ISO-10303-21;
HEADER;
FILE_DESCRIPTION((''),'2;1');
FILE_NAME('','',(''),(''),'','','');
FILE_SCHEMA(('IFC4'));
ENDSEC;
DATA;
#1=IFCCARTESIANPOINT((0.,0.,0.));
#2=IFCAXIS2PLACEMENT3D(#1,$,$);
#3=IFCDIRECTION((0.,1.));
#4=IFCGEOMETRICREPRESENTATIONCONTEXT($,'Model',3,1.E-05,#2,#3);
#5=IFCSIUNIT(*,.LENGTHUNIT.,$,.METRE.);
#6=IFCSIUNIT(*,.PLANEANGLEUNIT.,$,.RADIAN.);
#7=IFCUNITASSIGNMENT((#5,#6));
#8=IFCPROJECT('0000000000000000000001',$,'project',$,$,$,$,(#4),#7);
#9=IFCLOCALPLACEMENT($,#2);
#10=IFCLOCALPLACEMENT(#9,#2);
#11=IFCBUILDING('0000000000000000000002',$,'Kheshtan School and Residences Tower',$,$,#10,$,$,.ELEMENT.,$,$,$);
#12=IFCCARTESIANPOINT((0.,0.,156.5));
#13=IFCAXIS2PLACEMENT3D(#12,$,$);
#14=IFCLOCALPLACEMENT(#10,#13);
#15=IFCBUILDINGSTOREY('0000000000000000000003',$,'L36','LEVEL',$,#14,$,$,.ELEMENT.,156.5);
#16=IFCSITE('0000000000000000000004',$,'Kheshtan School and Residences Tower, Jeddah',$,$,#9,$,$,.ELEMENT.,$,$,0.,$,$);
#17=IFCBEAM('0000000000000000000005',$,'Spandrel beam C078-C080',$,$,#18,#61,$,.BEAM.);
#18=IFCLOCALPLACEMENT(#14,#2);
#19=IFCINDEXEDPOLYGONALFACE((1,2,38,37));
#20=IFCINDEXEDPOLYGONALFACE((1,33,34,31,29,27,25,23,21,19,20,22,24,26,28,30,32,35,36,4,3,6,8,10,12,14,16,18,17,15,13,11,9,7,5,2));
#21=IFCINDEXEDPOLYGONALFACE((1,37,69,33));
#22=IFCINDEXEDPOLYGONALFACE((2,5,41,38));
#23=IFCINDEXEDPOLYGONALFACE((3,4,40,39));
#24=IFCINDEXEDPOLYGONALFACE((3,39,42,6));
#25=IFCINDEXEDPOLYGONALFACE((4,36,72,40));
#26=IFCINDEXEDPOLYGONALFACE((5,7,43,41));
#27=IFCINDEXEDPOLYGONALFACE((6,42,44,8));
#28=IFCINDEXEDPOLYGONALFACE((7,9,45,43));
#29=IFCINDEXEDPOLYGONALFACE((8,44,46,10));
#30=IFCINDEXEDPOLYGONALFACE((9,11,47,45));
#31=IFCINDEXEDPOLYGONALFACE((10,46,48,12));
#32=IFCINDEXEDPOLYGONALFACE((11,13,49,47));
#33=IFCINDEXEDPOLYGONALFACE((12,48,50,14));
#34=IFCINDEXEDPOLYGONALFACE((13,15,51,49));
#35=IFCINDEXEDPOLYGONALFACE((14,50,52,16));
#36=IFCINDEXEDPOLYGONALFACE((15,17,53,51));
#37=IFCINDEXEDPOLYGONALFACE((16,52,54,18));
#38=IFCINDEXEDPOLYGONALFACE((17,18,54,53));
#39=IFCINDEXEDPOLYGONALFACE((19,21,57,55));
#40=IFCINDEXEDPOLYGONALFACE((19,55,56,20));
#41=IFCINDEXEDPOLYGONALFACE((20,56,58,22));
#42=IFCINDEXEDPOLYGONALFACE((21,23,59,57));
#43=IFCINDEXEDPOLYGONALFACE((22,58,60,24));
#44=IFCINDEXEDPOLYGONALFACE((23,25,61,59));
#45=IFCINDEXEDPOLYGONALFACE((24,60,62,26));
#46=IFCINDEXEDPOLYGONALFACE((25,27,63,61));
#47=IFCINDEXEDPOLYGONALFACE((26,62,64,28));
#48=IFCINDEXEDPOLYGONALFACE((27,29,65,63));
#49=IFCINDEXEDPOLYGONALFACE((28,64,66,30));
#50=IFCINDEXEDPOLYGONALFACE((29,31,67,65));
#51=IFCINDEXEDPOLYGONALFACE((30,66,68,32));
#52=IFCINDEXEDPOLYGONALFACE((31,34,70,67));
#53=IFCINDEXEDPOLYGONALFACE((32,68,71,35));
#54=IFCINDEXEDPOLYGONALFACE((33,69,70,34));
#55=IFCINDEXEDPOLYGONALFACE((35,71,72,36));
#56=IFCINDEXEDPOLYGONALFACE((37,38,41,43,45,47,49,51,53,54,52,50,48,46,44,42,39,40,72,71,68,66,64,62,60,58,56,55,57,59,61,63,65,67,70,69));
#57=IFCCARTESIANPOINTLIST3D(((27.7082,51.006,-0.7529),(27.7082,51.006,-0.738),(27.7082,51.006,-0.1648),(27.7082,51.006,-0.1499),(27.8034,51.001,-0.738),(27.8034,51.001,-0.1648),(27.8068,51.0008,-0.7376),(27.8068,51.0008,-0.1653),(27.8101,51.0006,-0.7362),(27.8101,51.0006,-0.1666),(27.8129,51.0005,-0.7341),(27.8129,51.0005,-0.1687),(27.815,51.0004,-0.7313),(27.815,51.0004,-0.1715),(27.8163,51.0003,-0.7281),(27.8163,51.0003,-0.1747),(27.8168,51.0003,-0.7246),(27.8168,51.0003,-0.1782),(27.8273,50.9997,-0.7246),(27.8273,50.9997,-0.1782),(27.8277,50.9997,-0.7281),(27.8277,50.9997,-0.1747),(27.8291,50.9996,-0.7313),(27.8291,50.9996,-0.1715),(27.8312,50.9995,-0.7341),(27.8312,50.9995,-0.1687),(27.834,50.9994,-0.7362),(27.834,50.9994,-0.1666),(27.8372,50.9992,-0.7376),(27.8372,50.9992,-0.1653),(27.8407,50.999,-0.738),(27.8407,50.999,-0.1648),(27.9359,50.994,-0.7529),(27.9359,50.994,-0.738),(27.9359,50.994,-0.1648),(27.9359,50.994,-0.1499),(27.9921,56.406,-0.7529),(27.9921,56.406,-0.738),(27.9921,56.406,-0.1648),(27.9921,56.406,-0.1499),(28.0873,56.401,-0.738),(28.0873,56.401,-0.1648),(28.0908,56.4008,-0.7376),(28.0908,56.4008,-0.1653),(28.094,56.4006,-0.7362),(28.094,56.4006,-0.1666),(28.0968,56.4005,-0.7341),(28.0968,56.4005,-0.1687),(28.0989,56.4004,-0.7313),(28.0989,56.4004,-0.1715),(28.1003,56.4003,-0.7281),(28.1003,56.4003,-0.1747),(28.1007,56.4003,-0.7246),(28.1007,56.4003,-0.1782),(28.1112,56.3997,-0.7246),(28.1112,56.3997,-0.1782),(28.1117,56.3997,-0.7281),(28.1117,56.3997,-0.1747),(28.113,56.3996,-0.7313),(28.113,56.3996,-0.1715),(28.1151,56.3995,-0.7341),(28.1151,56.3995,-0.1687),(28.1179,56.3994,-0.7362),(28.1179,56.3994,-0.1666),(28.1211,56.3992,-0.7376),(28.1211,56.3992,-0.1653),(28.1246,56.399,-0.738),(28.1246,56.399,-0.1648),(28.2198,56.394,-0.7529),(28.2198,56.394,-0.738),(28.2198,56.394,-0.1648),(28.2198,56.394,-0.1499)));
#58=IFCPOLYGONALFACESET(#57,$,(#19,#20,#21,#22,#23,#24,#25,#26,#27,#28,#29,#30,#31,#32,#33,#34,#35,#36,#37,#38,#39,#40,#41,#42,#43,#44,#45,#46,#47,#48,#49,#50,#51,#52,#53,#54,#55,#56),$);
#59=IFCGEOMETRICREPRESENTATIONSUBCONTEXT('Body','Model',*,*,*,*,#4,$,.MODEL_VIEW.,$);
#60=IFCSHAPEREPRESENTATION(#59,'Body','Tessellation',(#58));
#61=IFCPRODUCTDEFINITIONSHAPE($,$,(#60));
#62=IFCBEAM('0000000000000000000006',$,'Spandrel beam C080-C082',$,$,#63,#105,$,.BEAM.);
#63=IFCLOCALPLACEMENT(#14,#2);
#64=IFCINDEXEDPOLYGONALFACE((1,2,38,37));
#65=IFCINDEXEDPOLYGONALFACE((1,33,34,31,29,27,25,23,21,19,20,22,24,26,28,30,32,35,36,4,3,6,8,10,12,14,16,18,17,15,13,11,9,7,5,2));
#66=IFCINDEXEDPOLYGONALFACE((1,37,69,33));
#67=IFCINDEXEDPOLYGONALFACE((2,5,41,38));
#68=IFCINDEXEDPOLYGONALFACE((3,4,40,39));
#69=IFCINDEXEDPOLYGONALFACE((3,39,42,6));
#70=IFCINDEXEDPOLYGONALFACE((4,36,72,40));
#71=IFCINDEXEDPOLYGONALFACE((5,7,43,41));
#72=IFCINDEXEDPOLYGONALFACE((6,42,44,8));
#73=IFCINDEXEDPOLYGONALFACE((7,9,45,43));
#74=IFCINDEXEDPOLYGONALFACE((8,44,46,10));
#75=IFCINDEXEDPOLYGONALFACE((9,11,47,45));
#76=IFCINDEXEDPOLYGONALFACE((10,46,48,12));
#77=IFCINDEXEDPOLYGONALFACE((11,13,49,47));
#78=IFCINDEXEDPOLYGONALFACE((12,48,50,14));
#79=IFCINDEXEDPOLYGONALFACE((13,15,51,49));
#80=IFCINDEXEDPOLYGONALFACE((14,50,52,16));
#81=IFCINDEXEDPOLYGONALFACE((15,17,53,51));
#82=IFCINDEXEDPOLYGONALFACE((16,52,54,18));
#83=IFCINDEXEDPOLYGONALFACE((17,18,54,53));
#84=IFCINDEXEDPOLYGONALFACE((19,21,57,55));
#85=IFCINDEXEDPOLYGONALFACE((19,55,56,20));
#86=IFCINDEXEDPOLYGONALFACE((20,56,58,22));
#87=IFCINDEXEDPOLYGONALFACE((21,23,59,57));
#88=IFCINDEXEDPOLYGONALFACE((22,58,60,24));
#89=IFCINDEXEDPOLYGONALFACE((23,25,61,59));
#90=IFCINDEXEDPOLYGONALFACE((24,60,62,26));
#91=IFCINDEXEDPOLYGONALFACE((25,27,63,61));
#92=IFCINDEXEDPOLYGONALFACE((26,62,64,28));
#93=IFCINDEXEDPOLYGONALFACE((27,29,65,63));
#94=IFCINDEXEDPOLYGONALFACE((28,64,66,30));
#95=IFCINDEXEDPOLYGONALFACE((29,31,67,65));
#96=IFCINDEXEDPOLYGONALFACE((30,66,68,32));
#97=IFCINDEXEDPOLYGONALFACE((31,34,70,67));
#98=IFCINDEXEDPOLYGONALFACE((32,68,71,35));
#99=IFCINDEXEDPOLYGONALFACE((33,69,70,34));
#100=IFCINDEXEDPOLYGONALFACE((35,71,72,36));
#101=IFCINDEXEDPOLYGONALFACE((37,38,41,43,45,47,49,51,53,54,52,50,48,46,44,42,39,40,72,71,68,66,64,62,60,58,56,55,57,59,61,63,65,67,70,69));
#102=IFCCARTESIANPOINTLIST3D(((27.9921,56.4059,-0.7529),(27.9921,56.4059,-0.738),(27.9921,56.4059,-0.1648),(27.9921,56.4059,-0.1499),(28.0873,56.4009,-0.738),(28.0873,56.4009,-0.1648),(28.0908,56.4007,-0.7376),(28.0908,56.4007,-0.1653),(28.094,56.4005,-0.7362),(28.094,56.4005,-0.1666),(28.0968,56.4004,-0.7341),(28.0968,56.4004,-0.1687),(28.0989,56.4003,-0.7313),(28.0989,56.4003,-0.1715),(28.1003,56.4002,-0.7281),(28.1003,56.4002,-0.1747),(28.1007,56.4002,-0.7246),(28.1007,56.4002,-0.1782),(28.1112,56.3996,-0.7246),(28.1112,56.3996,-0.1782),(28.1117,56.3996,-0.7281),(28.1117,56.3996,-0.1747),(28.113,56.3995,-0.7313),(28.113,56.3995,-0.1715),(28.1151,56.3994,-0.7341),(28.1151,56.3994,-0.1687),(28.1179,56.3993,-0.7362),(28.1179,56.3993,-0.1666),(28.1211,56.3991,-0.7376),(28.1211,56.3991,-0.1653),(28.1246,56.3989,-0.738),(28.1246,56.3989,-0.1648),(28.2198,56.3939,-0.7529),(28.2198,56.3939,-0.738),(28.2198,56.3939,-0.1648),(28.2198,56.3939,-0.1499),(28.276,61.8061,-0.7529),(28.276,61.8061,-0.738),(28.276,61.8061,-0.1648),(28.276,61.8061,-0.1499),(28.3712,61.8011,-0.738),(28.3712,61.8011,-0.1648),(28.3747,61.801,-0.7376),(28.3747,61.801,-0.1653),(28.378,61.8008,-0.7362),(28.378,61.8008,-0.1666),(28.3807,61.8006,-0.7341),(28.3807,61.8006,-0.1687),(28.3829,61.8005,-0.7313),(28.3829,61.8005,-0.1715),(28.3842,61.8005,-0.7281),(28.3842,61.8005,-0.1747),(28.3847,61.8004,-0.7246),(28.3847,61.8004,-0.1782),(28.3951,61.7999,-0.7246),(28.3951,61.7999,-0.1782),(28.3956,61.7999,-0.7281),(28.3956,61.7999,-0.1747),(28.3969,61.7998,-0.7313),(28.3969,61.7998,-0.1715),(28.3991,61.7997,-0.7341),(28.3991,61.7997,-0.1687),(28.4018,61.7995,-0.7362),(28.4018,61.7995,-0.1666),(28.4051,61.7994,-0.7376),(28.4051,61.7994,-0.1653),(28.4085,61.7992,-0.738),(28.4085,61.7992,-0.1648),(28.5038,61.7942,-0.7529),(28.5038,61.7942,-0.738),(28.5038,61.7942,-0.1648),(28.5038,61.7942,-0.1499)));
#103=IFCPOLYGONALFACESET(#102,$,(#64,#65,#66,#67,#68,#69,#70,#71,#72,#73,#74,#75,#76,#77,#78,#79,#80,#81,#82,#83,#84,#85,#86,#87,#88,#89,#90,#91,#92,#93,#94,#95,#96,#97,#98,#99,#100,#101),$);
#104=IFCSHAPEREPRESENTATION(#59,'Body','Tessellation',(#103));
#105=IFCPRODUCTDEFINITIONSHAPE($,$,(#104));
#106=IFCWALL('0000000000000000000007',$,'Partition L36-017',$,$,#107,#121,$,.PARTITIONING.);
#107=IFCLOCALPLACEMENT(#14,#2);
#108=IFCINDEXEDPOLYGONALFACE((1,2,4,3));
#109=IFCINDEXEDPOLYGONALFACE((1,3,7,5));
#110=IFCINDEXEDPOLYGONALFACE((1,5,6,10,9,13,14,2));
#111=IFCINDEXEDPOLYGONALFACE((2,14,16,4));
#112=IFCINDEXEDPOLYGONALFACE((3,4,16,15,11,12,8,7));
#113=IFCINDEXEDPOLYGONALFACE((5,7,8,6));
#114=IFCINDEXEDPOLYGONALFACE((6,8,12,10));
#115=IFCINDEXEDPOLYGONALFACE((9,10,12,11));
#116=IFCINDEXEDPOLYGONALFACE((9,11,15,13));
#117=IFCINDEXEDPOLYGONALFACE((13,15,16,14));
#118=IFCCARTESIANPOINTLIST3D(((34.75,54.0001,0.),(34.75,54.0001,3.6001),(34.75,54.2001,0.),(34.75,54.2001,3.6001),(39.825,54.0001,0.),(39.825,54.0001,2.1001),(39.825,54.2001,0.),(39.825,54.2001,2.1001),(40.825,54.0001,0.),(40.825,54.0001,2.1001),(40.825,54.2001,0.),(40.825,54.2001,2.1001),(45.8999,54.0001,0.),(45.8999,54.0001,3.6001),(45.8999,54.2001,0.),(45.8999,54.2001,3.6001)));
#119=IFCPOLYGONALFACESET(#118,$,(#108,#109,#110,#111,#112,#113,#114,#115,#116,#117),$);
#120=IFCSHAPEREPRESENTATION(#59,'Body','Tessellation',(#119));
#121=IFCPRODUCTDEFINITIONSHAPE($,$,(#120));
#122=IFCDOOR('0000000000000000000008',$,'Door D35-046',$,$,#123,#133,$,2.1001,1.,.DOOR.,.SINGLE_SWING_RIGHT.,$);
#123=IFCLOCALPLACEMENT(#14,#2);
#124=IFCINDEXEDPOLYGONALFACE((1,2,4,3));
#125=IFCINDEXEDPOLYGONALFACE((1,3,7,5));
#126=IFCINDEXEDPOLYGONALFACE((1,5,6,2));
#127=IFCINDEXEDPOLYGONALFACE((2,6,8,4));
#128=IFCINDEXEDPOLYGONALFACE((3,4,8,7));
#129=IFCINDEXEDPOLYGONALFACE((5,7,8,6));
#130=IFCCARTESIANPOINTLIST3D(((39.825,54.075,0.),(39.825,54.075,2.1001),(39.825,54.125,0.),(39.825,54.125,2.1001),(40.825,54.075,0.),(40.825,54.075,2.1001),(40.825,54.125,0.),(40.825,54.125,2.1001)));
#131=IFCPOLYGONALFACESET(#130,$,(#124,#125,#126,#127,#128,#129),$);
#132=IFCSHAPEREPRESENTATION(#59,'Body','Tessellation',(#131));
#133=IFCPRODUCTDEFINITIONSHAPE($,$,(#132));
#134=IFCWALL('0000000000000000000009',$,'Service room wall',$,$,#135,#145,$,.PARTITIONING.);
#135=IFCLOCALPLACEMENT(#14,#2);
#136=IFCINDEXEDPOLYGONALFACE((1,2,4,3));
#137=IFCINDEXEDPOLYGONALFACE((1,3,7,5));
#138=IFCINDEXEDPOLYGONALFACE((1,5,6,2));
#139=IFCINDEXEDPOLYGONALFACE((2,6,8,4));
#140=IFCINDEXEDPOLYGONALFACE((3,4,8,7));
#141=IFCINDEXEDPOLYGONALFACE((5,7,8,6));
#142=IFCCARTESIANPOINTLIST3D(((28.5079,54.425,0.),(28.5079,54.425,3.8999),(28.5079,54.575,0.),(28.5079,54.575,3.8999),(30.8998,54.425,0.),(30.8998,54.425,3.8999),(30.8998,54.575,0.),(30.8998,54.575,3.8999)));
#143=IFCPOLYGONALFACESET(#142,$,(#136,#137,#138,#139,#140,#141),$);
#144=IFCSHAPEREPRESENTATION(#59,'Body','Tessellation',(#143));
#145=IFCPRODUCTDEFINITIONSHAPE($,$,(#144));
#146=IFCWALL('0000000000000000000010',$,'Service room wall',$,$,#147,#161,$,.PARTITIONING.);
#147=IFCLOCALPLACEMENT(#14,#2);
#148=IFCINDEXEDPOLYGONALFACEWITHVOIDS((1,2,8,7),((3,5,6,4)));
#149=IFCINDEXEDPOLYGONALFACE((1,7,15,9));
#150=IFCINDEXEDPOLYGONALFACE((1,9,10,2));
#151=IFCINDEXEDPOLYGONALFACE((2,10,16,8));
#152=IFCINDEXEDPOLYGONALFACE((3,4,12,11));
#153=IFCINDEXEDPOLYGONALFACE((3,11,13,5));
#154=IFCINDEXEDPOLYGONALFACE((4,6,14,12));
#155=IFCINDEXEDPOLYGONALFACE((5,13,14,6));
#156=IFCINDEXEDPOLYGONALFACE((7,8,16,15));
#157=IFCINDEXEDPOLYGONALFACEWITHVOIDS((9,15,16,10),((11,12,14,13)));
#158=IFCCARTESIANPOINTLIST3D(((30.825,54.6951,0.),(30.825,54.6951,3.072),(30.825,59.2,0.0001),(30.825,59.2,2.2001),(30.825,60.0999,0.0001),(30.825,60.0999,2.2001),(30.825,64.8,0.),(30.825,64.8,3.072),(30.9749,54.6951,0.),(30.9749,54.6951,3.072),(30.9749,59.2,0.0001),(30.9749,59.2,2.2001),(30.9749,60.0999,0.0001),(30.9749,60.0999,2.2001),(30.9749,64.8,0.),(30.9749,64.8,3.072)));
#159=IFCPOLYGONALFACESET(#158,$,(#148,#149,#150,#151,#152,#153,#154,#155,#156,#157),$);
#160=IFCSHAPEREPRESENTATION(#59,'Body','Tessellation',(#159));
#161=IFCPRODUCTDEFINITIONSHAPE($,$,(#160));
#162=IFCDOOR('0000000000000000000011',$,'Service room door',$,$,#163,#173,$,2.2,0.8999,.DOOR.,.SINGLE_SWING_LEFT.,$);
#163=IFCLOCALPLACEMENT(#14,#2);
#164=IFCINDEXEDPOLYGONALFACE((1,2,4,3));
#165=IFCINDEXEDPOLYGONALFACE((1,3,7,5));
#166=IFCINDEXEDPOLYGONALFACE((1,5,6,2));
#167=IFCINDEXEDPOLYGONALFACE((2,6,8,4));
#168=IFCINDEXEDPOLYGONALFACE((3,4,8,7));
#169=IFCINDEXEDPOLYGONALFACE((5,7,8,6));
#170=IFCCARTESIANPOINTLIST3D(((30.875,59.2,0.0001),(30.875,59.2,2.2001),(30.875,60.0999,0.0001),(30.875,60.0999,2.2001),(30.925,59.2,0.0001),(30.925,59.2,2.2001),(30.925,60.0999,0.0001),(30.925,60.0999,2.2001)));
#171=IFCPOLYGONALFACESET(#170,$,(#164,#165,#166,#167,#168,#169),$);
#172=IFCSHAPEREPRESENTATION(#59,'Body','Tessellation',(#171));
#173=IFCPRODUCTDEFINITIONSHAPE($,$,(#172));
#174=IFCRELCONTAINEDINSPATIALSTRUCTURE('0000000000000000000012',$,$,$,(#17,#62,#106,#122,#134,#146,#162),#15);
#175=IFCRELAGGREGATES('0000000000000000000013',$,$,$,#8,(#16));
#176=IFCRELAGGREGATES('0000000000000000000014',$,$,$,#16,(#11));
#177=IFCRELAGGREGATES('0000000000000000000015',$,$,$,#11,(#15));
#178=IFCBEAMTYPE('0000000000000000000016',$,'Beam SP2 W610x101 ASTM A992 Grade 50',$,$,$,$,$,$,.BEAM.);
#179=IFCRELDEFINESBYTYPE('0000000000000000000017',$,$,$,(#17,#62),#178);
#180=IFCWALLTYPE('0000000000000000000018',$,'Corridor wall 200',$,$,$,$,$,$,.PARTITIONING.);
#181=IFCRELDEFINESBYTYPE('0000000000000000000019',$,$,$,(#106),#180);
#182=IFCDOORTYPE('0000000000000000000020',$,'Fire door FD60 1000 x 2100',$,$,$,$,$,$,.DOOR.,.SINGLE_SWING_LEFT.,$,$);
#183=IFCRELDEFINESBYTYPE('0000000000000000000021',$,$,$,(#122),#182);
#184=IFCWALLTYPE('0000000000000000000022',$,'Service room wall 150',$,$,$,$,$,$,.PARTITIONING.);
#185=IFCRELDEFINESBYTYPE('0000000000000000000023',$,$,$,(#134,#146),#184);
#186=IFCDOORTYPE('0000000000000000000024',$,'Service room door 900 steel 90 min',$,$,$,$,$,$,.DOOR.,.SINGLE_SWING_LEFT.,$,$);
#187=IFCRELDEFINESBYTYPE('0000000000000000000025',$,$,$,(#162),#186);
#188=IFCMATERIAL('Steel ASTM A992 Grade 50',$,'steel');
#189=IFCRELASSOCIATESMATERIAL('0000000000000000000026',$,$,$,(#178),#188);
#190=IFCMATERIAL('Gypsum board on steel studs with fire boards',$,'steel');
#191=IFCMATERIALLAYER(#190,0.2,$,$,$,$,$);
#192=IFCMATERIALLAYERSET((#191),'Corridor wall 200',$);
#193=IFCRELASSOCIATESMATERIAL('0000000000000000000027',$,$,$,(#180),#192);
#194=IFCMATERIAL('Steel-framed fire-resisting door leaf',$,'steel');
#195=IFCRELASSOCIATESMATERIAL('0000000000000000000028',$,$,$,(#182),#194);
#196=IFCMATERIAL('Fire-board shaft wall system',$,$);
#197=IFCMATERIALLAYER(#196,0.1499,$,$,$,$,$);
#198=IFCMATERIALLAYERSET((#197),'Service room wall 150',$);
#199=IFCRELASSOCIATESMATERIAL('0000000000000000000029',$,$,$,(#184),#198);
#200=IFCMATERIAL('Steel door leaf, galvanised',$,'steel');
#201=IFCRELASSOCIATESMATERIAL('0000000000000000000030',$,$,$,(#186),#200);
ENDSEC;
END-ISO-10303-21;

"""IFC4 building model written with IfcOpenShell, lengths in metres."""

from ifc_helpers import new_model, si_unit, direction, frame, frame_2d, origin, origin_2d, place, context, subcontext, project, spatial, rectangle, i_section, extrude, source, transform, mapped, material, layer, layer_set, material_profile, profile_set, type_object, element, fill, save


model = new_model("IFC4")

# Units and contexts
model_context = context("Model", 3, precision=1e-05, world=origin(), true_north=direction((0.0, 1.0)))
body_context = subcontext(model_context, "Body", "Model", "MODEL_VIEW")
ifc_project = project(units=[si_unit("LENGTHUNIT", "METRE"), si_unit("PLANEANGLEUNIT", "RADIAN")], contexts=[model_context])

# Site, building, storey
site_placement = place(None, origin())
site = spatial("IfcSite", under=ifc_project, at=site_placement, Name="Kheshtan School and Residences Tower, Jeddah", CompositionType="ELEMENT", RefElevation=0.0)
building_placement = place(site_placement, origin())
building = spatial("IfcBuilding", under=site, at=building_placement, Name="Kheshtan School and Residences Tower", CompositionType="ELEMENT")
storey_placement = place(building_placement, frame((0.0, 0.0, 156.5)))
storey = spatial("IfcBuildingStorey", under=building, at=storey_placement, Name="L36", Description="LEVEL", CompositionType="ELEMENT", Elevation=156.5)

# Shared definitions
ifc_material_1 = material(Name="Steel ASTM A992 Grade 50", Category="steel")

# Beams
ifc_material_profile_1 = material_profile(ifc_material_1, i_section(OverallWidth=0.228, OverallDepth=0.603, WebThickness=0.0105, FlangeThickness=0.0149, FilletRadius=0.0134, at=origin_2d()), Name="W610x101")
ifc_profile_set_1 = profile_set([ifc_material_profile_1], Name="Steel ASTM A992 Grade 50")
beam_type = type_object("IfcBeamType", Name="Beam SP2 W610x101 ASTM A992 Grade 50", PredefinedType="BEAM", material=ifc_profile_set_1)
for number, where, z_axis, x_axis, name in (
    (1, (27.822, 51.0, -0.4514), (0.052509, 0.99862, 0.0), (-0.99862, 0.052509, 0.0), "Spandrel beam C078-C080"),
):
    element("IfcBeam", number, at=place(storey_placement, frame(where, z_axis=z_axis, x_axis=x_axis)), inside=storey, type_object=beam_type, Name=name, PredefinedType="BEAM", context=body_context, shape_type="SweptSolid", body=[
        extrude(i_section(OverallWidth=0.228, OverallDepth=0.603, WebThickness=0.0105, FlangeThickness=0.0149, FilletRadius=0.0134, at=origin_2d()), origin(), (0.0, 0.0, 1.0), 5.4075),
    ])
beam_placement = place(storey_placement, frame((28.106, 56.3999, -0.4514), z_axis=(0.052507, 0.998621, 0.0), x_axis=(-0.998621, 0.052507, 0.0)))
element("IfcBeam", 2, at=beam_placement, inside=storey, type_object=beam_type, Name="Spandrel beam C080-C082", PredefinedType="BEAM", context=body_context, shape_type="SweptSolid", body=[
    extrude(i_section(OverallWidth=0.228, OverallDepth=0.603, WebThickness=0.0105, FlangeThickness=0.0149, FilletRadius=0.0134, at=origin_2d()), origin(), (0.0, 0.0, 1.0), 5.4077),
])

# Wall, opening, door
ifc_material_2 = material(Name="Gypsum board on steel studs with fire boards", Category="steel")
ifc_layer_1 = layer(ifc_material_2, 0.2)
ifc_layer_set_1 = layer_set([ifc_layer_1], Name="Corridor wall 200")
wall_type_1 = type_object("IfcWallType", Name="Corridor wall 200", PredefinedType="PARTITIONING", material=ifc_layer_set_1)
wall_1_placement = place(storey_placement, frame((34.75, 54.1001, 0.0), z_axis=(0.0, 0.0, 1.0), x_axis=(1.0, 0.0, 0.0)))
wall_1 = element("IfcWall", 3, at=wall_1_placement, inside=storey, type_object=wall_type_1, Name="Partition L36-017", PredefinedType="PARTITIONING", context=body_context, shape_type="SweptSolid", body=[
    extrude(rectangle(XDim=11.1499, YDim=0.2, at=frame_2d((5.575, 0.0))), origin(), (0.0, 0.0, 1.0), 3.6001),
])
opening_1_placement = place(wall_1_placement, frame((5.075, 0.0, 0.0)))
opening_1 = element("IfcOpeningElement", 4, at=opening_1_placement, cuts=wall_1, PredefinedType="OPENING", context=body_context, shape_type="SweptSolid", body=[
    extrude(rectangle(XDim=1.0, YDim=2.1001, at=frame_2d((0.5, 1.05))), frame((0.0, 0.1099, 0.0), z_axis=(0.0, -1.0, 0.0), x_axis=(1.0, 0.0, 0.0)), (0.0, 0.0, 1.0), 0.22),
])
ifc_material_3 = material(Name="Steel-framed fire-resisting door leaf", Category="steel")
door_type_1 = type_object("IfcDoorType", Name="Fire door FD60 1000 x 2100", OperationType="SINGLE_SWING_LEFT", PredefinedType="DOOR", material=ifc_material_3)
shared_shape_1 = source(origin(), body_context, "Body", "SweptSolid", [
    extrude(rectangle(XDim=1.0, YDim=2.1001, at=frame_2d((0.5, 1.05))), frame((0.0, 0.0249, 0.0), z_axis=(0.0, -1.0, 0.0), x_axis=(1.0, 0.0, 0.0)), (0.0, 0.0, 1.0), 0.05),
])
door_1_placement = place(opening_1_placement, origin())
door_1 = element("IfcDoor", 5, at=door_1_placement, inside=storey, type_object=door_type_1, Name="Door D35-046", OperationType="SINGLE_SWING_RIGHT", OverallHeight=2.1001, OverallWidth=1.0, PredefinedType="DOOR", context=body_context, shape_type="MappedRepresentation", body=[
    mapped(shared_shape_1, transform((0.0, 0.0, 0.0), x_axis=(1.0, 0.0, 0.0), y_axis=(0.0, 1.0, 0.0), z_axis=(0.0, 0.0, 1.0), scale=1.0)),
])
fill(opening_1, door_1)

# Wall
ifc_material_4 = material(Name="Fire-board shaft wall system")
ifc_layer_2 = layer(ifc_material_4, 0.1499)
ifc_layer_set_2 = layer_set([ifc_layer_2], Name="Service room wall 150")
wall_type_2 = type_object("IfcWallType", Name="Service room wall 150", PredefinedType="PARTITIONING", material=ifc_layer_set_2)
wall_2_placement = place(storey_placement, frame((28.5081, 54.5, 0.0), z_axis=(0.0, 0.0, 1.0), x_axis=(1.0, 0.0, 0.0)))
element("IfcWall", 6, at=wall_2_placement, inside=storey, type_object=wall_type_2, Name="Service room wall", PredefinedType="PARTITIONING", context=body_context, shape_type="SweptSolid", body=[
    extrude(rectangle(XDim=2.3918, YDim=0.1499, at=frame_2d((1.1958, 0.0))), origin(), (0.0, 0.0, 1.0), 3.8999),
])

# Wall, opening, door
wall_3_placement = place(storey_placement, frame((30.8999, 54.6951, 0.0), z_axis=(0.0, 0.0, 1.0), x_axis=(0.0, 1.0, 0.0)))
wall_3 = element("IfcWall", 7, at=wall_3_placement, inside=storey, type_object=wall_type_2, Name="Service room wall", PredefinedType="PARTITIONING", context=body_context, shape_type="SweptSolid", body=[
    extrude(rectangle(XDim=10.105, YDim=0.1499, at=frame_2d((5.0525, 0.0))), origin(), (0.0, 0.0, 1.0), 3.072),
])
opening_2_placement = place(wall_3_placement, frame((4.5049, 0.0, 0.0)))
opening_2 = element("IfcOpeningElement", 8, at=opening_2_placement, cuts=wall_3, PredefinedType="OPENING", context=body_context, shape_type="SweptSolid", body=[
    extrude(rectangle(XDim=0.8999, YDim=2.2, at=frame_2d((0.45, 1.1001))), frame((0.0, 0.085, 0.0), z_axis=(0.0, -1.0, 0.0), x_axis=(1.0, 0.0, 0.0)), (0.0, 0.0, 1.0), 0.1699),
])
ifc_material_5 = material(Name="Steel door leaf, galvanised", Category="steel")
door_type_2 = type_object("IfcDoorType", Name="Service room door 900 steel 90 min", OperationType="SINGLE_SWING_LEFT", PredefinedType="DOOR", material=ifc_material_5)
shared_shape_2 = source(origin(), body_context, "Body", "SweptSolid", [
    extrude(rectangle(XDim=0.8999, YDim=2.2, at=frame_2d((0.45, 1.1001))), frame((0.0, 0.0249, 0.0), z_axis=(0.0, -1.0, 0.0), x_axis=(1.0, 0.0, 0.0)), (0.0, 0.0, 1.0), 0.05),
])
door_2_placement = place(opening_2_placement, origin())
door_2 = element("IfcDoor", 9, at=door_2_placement, inside=storey, type_object=door_type_2, Name="Service room door", OperationType="SINGLE_SWING_LEFT", OverallHeight=2.2, OverallWidth=0.8999, PredefinedType="DOOR", context=body_context, shape_type="MappedRepresentation", body=[
    mapped(shared_shape_2, transform((0.0, 0.0, 0.0), x_axis=(1.0, 0.0, 0.0), y_axis=(0.0, 1.0, 0.0), z_axis=(0.0, 0.0, 1.0), scale=1.0)),
])
fill(opening_2, door_2)

save(model, "model.ifc")
